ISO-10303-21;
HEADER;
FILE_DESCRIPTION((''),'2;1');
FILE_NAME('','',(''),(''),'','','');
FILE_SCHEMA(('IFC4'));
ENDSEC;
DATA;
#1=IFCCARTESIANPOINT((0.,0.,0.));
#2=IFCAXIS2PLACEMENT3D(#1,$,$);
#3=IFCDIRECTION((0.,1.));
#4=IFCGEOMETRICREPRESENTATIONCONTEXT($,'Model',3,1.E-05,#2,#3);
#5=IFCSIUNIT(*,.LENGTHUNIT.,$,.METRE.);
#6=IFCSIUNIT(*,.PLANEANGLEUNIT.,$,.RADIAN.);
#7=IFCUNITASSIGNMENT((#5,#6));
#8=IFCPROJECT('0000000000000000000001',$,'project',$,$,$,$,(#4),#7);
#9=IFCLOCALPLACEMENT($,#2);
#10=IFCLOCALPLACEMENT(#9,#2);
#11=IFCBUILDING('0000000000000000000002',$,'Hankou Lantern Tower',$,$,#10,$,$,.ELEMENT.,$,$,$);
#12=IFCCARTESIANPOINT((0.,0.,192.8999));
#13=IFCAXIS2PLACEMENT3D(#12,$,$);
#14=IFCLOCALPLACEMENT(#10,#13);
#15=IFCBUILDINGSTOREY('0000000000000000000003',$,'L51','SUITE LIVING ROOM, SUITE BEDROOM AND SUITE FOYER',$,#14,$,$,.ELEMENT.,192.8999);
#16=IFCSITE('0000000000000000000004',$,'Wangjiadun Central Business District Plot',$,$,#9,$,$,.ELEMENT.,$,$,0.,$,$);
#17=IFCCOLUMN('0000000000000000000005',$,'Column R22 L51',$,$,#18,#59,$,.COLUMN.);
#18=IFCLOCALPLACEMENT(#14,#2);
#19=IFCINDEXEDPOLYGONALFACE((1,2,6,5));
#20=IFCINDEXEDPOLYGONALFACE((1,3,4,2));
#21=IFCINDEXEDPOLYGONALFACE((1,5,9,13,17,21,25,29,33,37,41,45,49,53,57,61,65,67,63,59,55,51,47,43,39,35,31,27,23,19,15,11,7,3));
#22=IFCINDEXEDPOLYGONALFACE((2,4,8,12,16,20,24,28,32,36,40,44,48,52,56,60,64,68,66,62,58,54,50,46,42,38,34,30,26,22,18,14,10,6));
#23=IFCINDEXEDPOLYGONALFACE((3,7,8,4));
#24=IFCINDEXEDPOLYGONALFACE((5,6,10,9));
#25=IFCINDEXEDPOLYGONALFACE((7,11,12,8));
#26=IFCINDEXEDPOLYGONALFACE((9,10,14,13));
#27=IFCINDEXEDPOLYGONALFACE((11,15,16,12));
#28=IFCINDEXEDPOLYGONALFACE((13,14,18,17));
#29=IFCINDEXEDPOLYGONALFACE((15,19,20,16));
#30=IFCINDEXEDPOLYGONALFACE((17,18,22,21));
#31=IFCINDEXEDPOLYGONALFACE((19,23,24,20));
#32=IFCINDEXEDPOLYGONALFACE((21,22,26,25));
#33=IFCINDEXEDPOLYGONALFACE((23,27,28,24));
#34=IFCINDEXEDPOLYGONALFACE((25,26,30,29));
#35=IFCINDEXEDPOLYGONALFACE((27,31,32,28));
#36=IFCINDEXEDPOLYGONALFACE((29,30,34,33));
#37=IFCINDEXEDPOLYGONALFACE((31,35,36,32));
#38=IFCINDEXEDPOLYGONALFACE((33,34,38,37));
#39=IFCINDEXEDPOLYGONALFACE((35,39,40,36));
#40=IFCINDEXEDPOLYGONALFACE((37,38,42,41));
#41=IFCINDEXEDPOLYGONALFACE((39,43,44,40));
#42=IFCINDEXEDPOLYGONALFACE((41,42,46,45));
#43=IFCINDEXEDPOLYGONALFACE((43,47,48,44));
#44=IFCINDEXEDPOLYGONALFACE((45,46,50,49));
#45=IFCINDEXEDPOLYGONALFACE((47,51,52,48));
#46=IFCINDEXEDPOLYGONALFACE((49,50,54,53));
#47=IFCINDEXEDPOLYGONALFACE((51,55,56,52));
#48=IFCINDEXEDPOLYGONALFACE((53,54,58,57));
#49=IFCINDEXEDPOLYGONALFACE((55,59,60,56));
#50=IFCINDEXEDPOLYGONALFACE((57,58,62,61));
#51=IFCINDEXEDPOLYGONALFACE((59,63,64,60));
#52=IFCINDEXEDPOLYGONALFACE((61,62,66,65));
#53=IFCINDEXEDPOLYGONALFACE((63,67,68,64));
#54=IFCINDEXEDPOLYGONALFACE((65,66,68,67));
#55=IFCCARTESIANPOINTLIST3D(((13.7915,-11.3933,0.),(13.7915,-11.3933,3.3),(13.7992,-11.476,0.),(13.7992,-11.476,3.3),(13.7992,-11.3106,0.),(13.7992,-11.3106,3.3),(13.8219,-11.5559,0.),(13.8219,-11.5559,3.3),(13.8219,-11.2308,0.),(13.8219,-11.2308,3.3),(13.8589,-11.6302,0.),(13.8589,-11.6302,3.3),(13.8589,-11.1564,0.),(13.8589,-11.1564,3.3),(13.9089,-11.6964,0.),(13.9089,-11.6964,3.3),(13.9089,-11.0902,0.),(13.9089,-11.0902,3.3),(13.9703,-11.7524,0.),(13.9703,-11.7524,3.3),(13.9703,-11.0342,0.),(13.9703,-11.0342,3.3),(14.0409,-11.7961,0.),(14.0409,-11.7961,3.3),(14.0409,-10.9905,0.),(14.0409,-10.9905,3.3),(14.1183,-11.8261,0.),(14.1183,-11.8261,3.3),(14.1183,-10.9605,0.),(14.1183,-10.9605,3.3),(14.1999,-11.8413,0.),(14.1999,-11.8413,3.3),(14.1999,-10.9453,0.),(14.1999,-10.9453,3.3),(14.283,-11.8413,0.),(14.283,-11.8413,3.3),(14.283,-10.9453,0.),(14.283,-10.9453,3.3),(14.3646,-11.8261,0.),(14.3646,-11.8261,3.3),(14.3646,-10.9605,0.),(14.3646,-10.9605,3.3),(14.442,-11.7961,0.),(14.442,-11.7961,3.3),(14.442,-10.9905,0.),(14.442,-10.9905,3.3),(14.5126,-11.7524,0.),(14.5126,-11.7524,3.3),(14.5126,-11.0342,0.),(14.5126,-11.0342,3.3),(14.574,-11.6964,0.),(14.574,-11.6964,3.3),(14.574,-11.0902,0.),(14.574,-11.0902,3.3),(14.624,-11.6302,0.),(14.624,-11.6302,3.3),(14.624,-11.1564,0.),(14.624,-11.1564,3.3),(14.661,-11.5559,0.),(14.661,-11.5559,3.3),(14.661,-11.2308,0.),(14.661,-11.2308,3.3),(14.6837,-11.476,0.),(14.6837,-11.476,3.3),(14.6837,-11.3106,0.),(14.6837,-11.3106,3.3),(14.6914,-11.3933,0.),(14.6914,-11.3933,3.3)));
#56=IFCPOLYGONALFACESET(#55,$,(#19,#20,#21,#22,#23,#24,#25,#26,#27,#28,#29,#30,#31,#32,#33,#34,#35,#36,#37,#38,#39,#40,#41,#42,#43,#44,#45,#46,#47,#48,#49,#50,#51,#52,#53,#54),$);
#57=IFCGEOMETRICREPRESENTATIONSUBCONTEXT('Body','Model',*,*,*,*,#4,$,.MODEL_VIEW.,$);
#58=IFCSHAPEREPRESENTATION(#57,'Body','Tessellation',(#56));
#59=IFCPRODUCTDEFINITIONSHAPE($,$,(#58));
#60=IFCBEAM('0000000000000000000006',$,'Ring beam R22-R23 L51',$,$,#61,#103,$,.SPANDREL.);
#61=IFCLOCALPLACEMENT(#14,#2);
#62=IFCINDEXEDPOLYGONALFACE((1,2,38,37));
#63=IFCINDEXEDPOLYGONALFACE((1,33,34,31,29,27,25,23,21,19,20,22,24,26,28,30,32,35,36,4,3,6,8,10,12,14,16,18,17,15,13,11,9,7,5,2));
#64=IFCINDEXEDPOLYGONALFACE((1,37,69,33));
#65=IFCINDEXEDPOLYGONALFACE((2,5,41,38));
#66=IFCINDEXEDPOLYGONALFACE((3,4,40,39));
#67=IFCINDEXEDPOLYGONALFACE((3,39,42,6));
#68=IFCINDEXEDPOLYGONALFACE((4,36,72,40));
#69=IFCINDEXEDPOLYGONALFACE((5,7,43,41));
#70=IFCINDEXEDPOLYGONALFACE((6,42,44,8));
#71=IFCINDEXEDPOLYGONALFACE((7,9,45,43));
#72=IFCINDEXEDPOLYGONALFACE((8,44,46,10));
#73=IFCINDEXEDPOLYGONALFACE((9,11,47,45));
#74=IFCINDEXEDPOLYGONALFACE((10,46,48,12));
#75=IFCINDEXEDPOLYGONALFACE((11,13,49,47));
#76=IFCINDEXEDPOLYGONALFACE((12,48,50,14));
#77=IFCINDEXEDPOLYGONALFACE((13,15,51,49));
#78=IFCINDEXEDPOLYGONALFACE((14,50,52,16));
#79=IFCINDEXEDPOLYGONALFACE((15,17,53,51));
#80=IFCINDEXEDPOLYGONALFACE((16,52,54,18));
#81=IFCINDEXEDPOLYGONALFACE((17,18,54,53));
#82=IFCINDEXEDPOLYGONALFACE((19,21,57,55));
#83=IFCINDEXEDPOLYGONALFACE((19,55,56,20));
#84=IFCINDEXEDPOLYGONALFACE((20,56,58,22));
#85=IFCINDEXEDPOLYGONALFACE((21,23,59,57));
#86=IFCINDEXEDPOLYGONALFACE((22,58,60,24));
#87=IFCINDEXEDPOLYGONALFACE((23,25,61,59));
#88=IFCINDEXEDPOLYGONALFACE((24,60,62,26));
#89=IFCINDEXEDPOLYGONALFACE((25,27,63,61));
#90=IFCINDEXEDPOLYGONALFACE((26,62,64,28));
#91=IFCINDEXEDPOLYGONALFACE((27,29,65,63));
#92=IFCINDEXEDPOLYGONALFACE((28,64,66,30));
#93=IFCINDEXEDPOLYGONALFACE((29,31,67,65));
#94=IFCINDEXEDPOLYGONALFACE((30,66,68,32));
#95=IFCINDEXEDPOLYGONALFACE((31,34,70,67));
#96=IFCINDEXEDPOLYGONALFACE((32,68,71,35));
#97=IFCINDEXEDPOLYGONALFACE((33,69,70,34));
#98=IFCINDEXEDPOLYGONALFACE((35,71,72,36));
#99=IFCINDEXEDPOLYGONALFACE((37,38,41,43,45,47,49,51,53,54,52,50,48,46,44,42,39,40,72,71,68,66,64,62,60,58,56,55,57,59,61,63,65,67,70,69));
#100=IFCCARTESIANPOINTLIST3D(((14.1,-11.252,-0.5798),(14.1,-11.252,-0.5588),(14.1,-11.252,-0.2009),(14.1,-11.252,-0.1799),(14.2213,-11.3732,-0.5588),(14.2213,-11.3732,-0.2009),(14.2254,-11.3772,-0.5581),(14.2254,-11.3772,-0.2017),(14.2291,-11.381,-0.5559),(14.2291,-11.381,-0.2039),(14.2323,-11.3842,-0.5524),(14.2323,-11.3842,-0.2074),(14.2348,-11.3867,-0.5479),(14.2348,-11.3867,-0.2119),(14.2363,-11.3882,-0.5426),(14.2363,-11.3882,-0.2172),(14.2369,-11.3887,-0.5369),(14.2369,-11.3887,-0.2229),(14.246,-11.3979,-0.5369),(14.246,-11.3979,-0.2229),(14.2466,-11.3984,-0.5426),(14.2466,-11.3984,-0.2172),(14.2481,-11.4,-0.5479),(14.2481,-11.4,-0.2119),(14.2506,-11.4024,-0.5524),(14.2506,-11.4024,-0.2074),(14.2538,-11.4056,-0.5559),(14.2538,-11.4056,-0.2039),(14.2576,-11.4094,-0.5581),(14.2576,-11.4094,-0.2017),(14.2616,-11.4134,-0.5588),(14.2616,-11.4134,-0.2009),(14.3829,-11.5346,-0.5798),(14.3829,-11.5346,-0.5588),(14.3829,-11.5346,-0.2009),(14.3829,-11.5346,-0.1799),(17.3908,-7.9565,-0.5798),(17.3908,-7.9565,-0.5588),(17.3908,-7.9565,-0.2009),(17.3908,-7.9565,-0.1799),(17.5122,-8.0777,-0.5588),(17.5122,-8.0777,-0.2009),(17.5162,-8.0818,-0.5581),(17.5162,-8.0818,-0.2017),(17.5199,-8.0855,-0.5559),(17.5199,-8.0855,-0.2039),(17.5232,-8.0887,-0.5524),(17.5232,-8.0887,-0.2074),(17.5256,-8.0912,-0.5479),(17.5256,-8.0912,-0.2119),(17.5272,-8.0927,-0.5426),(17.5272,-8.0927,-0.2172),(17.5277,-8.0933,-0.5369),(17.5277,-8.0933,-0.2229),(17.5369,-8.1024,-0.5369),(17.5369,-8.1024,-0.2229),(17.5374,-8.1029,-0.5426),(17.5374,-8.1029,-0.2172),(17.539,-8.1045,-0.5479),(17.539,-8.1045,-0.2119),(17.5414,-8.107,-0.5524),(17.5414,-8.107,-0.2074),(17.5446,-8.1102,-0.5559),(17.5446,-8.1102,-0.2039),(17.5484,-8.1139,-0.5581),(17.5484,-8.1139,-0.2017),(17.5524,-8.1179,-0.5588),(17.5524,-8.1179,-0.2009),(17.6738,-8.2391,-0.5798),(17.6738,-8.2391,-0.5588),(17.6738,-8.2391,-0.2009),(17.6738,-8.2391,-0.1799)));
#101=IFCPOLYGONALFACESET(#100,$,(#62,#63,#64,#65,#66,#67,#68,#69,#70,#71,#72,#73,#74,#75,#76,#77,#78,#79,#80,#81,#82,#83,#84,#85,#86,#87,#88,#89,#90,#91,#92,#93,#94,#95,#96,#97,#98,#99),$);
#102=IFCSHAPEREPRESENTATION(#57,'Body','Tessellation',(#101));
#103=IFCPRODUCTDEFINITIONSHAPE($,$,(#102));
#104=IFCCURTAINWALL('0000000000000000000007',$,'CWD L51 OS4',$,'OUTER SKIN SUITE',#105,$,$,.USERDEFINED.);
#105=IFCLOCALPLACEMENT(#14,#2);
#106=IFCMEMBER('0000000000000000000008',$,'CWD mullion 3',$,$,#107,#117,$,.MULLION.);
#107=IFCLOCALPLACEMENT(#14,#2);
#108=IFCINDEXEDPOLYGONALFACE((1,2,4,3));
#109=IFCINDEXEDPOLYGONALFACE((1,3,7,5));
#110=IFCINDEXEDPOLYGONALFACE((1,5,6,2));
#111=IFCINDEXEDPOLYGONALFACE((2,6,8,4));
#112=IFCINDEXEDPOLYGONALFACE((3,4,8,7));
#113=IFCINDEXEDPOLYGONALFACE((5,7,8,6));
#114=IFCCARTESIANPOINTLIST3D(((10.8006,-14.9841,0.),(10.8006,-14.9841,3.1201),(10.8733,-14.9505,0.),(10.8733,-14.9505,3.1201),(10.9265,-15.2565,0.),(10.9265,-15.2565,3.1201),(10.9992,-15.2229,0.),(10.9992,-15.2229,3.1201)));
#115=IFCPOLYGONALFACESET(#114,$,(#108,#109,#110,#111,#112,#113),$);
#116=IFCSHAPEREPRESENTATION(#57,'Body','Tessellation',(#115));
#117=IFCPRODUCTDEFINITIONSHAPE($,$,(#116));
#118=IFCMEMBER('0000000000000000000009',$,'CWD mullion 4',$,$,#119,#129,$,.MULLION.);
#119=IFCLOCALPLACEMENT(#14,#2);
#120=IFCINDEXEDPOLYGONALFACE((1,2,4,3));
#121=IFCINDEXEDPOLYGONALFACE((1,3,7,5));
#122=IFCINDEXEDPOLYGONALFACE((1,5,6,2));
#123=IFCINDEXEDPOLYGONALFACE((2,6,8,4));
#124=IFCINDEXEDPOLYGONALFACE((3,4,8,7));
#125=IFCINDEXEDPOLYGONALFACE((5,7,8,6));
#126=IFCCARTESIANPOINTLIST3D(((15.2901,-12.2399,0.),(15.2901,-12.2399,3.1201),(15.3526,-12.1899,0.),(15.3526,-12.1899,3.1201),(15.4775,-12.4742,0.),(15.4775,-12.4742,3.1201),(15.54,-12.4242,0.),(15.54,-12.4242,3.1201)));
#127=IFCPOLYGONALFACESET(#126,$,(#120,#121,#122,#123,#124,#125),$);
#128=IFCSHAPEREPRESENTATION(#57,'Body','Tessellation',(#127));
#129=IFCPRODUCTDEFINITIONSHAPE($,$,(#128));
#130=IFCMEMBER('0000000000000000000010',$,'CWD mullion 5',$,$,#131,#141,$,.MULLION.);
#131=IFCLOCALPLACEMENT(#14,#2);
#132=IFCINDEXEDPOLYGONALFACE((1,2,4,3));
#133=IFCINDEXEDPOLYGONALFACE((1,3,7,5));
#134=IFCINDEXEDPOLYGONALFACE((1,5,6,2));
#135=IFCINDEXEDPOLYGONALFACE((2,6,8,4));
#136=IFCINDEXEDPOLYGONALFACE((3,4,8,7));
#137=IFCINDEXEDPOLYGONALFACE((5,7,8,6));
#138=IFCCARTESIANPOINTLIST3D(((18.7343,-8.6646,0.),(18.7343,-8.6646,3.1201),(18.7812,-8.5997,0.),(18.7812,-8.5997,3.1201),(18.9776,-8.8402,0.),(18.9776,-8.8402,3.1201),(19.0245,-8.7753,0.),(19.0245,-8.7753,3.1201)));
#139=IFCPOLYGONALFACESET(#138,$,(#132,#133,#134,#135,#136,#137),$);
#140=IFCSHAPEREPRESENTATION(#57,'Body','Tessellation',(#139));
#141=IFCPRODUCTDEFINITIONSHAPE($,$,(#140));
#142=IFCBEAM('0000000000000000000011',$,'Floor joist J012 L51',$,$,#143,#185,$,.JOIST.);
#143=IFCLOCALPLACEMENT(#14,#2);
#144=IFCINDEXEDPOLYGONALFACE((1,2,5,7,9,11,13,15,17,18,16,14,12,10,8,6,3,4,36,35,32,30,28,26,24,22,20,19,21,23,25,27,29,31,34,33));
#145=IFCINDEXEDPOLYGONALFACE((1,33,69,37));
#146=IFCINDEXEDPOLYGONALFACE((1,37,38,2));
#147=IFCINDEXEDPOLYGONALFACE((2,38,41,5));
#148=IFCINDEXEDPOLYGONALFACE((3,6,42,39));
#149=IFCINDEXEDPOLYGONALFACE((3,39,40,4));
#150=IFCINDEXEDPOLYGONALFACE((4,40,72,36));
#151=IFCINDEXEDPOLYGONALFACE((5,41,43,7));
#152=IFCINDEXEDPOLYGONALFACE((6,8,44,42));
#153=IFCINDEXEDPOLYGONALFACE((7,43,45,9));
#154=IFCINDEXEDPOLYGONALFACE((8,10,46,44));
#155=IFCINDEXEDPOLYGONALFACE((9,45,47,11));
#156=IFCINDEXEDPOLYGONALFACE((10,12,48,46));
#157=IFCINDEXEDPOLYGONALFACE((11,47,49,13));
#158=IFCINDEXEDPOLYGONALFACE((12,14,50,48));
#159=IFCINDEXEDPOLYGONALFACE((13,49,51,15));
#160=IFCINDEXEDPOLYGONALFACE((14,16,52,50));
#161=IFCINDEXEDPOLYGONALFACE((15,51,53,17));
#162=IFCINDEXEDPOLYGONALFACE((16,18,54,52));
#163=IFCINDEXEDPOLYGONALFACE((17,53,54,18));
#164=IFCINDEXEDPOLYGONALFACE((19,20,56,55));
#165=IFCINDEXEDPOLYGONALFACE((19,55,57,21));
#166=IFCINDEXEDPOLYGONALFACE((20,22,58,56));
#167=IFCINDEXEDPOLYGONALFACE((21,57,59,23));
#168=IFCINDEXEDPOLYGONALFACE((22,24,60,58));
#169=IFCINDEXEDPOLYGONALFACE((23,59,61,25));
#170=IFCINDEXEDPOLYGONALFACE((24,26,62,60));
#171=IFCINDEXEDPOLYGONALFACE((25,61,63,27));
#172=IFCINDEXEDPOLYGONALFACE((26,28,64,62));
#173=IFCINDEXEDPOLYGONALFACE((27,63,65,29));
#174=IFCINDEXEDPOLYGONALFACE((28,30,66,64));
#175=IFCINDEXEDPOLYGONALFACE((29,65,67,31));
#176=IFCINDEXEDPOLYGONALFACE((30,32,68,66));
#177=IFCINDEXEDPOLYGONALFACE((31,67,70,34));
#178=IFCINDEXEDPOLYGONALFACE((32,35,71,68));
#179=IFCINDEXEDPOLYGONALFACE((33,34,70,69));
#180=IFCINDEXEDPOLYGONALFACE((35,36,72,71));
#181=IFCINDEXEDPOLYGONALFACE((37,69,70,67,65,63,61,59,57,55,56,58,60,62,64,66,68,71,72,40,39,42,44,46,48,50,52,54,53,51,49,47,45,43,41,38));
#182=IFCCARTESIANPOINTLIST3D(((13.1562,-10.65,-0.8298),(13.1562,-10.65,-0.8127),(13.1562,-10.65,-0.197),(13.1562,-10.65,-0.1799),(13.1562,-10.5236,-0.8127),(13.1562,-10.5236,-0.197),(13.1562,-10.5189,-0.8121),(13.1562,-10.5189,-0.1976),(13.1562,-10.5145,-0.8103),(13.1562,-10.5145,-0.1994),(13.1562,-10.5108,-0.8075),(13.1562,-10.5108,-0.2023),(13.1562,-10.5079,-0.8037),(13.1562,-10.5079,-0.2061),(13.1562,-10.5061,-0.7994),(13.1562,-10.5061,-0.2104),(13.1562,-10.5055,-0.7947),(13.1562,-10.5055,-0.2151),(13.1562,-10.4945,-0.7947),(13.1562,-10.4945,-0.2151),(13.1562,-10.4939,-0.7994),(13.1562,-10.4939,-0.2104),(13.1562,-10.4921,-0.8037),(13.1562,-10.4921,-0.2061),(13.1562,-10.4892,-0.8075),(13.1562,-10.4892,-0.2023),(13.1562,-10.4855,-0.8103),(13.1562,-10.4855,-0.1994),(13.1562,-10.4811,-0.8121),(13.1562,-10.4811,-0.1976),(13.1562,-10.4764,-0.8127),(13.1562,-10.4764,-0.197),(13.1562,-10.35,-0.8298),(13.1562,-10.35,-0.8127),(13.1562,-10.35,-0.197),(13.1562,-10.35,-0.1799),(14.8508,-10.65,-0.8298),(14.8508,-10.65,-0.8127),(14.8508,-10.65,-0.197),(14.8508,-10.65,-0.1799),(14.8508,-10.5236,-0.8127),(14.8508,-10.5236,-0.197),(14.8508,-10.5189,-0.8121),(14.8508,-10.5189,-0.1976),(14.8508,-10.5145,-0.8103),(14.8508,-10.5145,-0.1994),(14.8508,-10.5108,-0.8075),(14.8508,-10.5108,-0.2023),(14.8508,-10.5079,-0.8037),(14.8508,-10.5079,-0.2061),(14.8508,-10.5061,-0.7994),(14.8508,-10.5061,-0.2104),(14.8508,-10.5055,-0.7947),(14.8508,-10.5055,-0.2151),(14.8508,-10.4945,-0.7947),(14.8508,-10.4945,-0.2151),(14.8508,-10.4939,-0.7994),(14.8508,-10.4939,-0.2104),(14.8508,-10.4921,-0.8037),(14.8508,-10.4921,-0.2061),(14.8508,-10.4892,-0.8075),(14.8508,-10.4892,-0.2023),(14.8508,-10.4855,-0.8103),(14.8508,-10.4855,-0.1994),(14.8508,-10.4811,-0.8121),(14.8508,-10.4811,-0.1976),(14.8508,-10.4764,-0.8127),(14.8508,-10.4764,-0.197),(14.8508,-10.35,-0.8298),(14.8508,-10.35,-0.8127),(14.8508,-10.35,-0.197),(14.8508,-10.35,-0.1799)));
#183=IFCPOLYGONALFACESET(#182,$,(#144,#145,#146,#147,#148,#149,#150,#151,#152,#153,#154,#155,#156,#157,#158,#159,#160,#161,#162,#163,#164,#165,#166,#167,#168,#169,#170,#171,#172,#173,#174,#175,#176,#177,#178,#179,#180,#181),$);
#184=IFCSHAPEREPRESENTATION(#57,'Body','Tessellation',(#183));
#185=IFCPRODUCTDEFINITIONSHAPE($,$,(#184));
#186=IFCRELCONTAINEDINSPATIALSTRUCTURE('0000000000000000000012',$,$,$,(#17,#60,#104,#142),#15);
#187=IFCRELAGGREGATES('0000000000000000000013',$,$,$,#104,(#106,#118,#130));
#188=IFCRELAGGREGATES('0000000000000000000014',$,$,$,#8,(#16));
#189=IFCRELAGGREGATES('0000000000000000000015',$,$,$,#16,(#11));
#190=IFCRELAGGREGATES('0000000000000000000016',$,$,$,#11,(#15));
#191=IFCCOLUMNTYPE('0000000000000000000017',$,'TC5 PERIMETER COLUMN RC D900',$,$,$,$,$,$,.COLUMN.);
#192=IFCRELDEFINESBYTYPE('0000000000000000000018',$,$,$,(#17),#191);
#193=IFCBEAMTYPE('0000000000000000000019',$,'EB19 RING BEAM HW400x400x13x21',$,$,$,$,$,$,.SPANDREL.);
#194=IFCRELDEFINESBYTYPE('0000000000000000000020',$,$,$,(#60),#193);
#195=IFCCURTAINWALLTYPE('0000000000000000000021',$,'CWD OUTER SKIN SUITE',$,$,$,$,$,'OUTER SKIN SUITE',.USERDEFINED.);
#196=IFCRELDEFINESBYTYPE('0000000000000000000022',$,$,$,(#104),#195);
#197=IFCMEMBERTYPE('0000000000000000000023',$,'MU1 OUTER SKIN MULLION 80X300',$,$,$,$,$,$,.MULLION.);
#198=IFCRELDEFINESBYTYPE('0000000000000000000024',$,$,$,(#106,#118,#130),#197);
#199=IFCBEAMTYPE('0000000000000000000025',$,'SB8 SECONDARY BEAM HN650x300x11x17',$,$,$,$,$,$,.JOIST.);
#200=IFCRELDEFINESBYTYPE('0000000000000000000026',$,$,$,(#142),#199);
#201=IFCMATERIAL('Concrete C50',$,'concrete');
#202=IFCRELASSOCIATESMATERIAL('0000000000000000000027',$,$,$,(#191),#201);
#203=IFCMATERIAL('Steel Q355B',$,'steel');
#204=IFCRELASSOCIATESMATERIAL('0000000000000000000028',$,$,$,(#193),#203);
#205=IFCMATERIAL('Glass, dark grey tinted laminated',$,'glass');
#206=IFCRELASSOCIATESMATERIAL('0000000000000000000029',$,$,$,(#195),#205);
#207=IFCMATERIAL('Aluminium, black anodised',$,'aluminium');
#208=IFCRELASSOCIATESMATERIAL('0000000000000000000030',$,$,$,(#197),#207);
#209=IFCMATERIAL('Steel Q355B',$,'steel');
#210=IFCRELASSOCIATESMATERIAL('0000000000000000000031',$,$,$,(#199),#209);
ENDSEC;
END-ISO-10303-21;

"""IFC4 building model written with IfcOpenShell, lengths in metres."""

from ifc_helpers import new_model, si_unit, direction, frame, origin, origin_2d, place, context, subcontext, project, spatial, rectangle, circle, i_section, extrude, material, material_profile, profile_set, type_object, element, aggregate, save


model = new_model("IFC4")

# Units and contexts
model_context = context("Model", 3, precision=1e-05, world=origin(), true_north=direction((0.0, 1.0)))
body_context = subcontext(model_context, "Body", "Model", "MODEL_VIEW")
ifc_project = project(units=[si_unit("LENGTHUNIT", "METRE"), si_unit("PLANEANGLEUNIT", "RADIAN")], contexts=[model_context])

# Site, building, storey
site_placement = place(None, origin())
site = spatial("IfcSite", under=ifc_project, at=site_placement, Name="Wangjiadun Central Business District Plot", CompositionType="ELEMENT", RefElevation=0.0)
building_placement = place(site_placement, origin())
building = spatial("IfcBuilding", under=site, at=building_placement, Name="Hankou Lantern Tower", CompositionType="ELEMENT")
storey_placement = place(building_placement, frame((0.0, 0.0, 192.8999)))
storey = spatial("IfcBuildingStorey", under=building, at=storey_placement, Name="L51", Description="SUITE LIVING ROOM, SUITE BEDROOM AND SUITE FOYER", CompositionType="ELEMENT", Elevation=192.8999)

# Column
ifc_material_1 = material(Name="Concrete C50", Category="concrete")
ifc_material_profile_1 = material_profile(ifc_material_1, circle(Radius=0.45, at=origin_2d()), Name="RC D900")
ifc_profile_set_1 = profile_set([ifc_material_profile_1], Name="Concrete C50")
column_type = type_object("IfcColumnType", Name="TC5 PERIMETER COLUMN RC D900", PredefinedType="COLUMN", material=ifc_profile_set_1)
column_placement = place(storey_placement, frame((14.2415, -11.3933, 0.0), z_axis=(0.0, 0.0, 1.0), x_axis=(1.0, 0.0, 0.0)))
element("IfcColumn", 1, at=column_placement, inside=storey, type_object=column_type, Name="Column R22 L51", PredefinedType="COLUMN", context=body_context, shape_type="SweptSolid", body=[
    extrude(circle(Radius=0.45, at=origin_2d()), origin(), (0.0, 0.0, 1.0), 3.3),
])

# Beam
ifc_material_2 = material(Name="Steel Q355B", Category="steel")
ifc_material_profile_2 = material_profile(ifc_material_2, i_section(OverallWidth=0.3999, OverallDepth=0.3999, WebThickness=0.0129, FlangeThickness=0.021, FilletRadius=0.022, at=origin_2d()), Name="HW400x400x13x21")
ifc_profile_set_2 = profile_set([ifc_material_profile_2], Name="Steel Q355B")
beam_type_1 = type_object("IfcBeamType", Name="EB19 RING BEAM HW400x400x13x21", PredefinedType="SPANDREL", material=ifc_profile_set_2)
beam_1_placement = place(storey_placement, frame((14.2415, -11.3933, -0.3799), z_axis=(0.706609, 0.707605, 0.0), x_axis=(-0.707605, 0.706609, 0.0)))
element("IfcBeam", 2, at=beam_1_placement, inside=storey, type_object=beam_type_1, Name="Ring beam R22-R23 L51", PredefinedType="SPANDREL", context=body_context, shape_type="SweptSolid", body=[
    extrude(i_section(OverallWidth=0.3999, OverallDepth=0.3999, WebThickness=0.0129, FlangeThickness=0.021, FilletRadius=0.022, at=origin_2d()), origin(), (0.0, 0.0, 1.0), 4.6572),
])

# Curtain wall, members
ifc_material_3 = material(Name="Glass, dark grey tinted laminated", Category="glass")
curtain_wall_type = type_object("IfcCurtainWallType", Name="CWD OUTER SKIN SUITE", ElementType="OUTER SKIN SUITE", PredefinedType="USERDEFINED", material=ifc_material_3)
curtain_wall_placement = place(storey_placement, origin())
curtain_wall = element("IfcCurtainWall", 3, at=curtain_wall_placement, inside=storey, type_object=curtain_wall_type, Name="CWD L51 OS4", ObjectType="OUTER SKIN SUITE", PredefinedType="USERDEFINED")
ifc_material_4 = material(Name="Aluminium, black anodised", Category="aluminium")
ifc_material_profile_3 = material_profile(ifc_material_4, rectangle(XDim=0.0801, YDim=0.3, at=origin_2d()), Name="MU1 80X300")
ifc_profile_set_3 = profile_set([ifc_material_profile_3], Name="Aluminium, black anodised")
member_type_1 = type_object("IfcMemberType", Name="MU1 OUTER SKIN MULLION 80X300", PredefinedType="MULLION", material=ifc_profile_set_3)
member_1_placement = place(storey_placement, frame((10.8999, -15.1035, 0.0), z_axis=(0.0, 0.0, 1.0), x_axis=(0.907841, 0.419314, 0.0)))
member_1 = element("IfcMember", 4, at=member_1_placement, type_object=member_type_1, Name="CWD mullion 3", PredefinedType="MULLION", context=body_context, shape_type="SweptSolid", body=[
    extrude(rectangle(XDim=0.0801, YDim=0.3, at=origin_2d()), origin(), (0.0, 0.0, 1.0), 3.1201),
])
member_2_placement = place(storey_placement, frame((15.415, -12.332, 0.0), z_axis=(0.0, 0.0, 1.0), x_axis=(0.780869, 0.624695, 0.0)))
member_2 = element("IfcMember", 5, at=member_2_placement, type_object=member_type_1, Name="CWD mullion 4", PredefinedType="MULLION", context=body_context, shape_type="SweptSolid", body=[
    extrude(rectangle(XDim=0.0801, YDim=0.3, at=origin_2d()), origin(), (0.0, 0.0, 1.0), 3.1201),
])
member_3_placement = place(storey_placement, frame((18.8794, -8.72, 0.0), z_axis=(0.0, 0.0, 1.0), x_axis=(0.585206, 0.810885, 0.0)))
member_3 = element("IfcMember", 6, at=member_3_placement, type_object=member_type_1, Name="CWD mullion 5", PredefinedType="MULLION", context=body_context, shape_type="SweptSolid", body=[
    extrude(rectangle(XDim=0.0801, YDim=0.3, at=origin_2d()), origin(), (0.0, 0.0, 1.0), 3.1201),
])

# Beam
ifc_material_5 = material(Name="Steel Q355B", Category="steel")
ifc_material_profile_4 = material_profile(ifc_material_5, i_section(OverallWidth=0.3, OverallDepth=0.6499, WebThickness=0.011, FlangeThickness=0.0171, FilletRadius=0.0181, at=origin_2d()), Name="HN650x300x11x17")
ifc_profile_set_4 = profile_set([ifc_material_profile_4], Name="Steel Q355B")
beam_type_2 = type_object("IfcBeamType", Name="SB8 SECONDARY BEAM HN650x300x11x17", PredefinedType="JOIST", material=ifc_profile_set_4)
beam_2_placement = place(storey_placement, frame((13.1562, -10.5, -0.5049), z_axis=(1.0, 0.0, 0.0), x_axis=(0.0, 1.0, 0.0)))
element("IfcBeam", 7, at=beam_2_placement, inside=storey, type_object=beam_type_2, Name="Floor joist J012 L51", PredefinedType="JOIST", context=body_context, shape_type="SweptSolid", body=[
    extrude(i_section(OverallWidth=0.3, OverallDepth=0.6499, WebThickness=0.011, FlangeThickness=0.0171, FilletRadius=0.0181, at=origin_2d()), origin(), (0.0, 0.0, 1.0), 1.6946),
])

aggregate(curtain_wall, [member_1, member_2, member_3])

save(model, "model.ifc")
